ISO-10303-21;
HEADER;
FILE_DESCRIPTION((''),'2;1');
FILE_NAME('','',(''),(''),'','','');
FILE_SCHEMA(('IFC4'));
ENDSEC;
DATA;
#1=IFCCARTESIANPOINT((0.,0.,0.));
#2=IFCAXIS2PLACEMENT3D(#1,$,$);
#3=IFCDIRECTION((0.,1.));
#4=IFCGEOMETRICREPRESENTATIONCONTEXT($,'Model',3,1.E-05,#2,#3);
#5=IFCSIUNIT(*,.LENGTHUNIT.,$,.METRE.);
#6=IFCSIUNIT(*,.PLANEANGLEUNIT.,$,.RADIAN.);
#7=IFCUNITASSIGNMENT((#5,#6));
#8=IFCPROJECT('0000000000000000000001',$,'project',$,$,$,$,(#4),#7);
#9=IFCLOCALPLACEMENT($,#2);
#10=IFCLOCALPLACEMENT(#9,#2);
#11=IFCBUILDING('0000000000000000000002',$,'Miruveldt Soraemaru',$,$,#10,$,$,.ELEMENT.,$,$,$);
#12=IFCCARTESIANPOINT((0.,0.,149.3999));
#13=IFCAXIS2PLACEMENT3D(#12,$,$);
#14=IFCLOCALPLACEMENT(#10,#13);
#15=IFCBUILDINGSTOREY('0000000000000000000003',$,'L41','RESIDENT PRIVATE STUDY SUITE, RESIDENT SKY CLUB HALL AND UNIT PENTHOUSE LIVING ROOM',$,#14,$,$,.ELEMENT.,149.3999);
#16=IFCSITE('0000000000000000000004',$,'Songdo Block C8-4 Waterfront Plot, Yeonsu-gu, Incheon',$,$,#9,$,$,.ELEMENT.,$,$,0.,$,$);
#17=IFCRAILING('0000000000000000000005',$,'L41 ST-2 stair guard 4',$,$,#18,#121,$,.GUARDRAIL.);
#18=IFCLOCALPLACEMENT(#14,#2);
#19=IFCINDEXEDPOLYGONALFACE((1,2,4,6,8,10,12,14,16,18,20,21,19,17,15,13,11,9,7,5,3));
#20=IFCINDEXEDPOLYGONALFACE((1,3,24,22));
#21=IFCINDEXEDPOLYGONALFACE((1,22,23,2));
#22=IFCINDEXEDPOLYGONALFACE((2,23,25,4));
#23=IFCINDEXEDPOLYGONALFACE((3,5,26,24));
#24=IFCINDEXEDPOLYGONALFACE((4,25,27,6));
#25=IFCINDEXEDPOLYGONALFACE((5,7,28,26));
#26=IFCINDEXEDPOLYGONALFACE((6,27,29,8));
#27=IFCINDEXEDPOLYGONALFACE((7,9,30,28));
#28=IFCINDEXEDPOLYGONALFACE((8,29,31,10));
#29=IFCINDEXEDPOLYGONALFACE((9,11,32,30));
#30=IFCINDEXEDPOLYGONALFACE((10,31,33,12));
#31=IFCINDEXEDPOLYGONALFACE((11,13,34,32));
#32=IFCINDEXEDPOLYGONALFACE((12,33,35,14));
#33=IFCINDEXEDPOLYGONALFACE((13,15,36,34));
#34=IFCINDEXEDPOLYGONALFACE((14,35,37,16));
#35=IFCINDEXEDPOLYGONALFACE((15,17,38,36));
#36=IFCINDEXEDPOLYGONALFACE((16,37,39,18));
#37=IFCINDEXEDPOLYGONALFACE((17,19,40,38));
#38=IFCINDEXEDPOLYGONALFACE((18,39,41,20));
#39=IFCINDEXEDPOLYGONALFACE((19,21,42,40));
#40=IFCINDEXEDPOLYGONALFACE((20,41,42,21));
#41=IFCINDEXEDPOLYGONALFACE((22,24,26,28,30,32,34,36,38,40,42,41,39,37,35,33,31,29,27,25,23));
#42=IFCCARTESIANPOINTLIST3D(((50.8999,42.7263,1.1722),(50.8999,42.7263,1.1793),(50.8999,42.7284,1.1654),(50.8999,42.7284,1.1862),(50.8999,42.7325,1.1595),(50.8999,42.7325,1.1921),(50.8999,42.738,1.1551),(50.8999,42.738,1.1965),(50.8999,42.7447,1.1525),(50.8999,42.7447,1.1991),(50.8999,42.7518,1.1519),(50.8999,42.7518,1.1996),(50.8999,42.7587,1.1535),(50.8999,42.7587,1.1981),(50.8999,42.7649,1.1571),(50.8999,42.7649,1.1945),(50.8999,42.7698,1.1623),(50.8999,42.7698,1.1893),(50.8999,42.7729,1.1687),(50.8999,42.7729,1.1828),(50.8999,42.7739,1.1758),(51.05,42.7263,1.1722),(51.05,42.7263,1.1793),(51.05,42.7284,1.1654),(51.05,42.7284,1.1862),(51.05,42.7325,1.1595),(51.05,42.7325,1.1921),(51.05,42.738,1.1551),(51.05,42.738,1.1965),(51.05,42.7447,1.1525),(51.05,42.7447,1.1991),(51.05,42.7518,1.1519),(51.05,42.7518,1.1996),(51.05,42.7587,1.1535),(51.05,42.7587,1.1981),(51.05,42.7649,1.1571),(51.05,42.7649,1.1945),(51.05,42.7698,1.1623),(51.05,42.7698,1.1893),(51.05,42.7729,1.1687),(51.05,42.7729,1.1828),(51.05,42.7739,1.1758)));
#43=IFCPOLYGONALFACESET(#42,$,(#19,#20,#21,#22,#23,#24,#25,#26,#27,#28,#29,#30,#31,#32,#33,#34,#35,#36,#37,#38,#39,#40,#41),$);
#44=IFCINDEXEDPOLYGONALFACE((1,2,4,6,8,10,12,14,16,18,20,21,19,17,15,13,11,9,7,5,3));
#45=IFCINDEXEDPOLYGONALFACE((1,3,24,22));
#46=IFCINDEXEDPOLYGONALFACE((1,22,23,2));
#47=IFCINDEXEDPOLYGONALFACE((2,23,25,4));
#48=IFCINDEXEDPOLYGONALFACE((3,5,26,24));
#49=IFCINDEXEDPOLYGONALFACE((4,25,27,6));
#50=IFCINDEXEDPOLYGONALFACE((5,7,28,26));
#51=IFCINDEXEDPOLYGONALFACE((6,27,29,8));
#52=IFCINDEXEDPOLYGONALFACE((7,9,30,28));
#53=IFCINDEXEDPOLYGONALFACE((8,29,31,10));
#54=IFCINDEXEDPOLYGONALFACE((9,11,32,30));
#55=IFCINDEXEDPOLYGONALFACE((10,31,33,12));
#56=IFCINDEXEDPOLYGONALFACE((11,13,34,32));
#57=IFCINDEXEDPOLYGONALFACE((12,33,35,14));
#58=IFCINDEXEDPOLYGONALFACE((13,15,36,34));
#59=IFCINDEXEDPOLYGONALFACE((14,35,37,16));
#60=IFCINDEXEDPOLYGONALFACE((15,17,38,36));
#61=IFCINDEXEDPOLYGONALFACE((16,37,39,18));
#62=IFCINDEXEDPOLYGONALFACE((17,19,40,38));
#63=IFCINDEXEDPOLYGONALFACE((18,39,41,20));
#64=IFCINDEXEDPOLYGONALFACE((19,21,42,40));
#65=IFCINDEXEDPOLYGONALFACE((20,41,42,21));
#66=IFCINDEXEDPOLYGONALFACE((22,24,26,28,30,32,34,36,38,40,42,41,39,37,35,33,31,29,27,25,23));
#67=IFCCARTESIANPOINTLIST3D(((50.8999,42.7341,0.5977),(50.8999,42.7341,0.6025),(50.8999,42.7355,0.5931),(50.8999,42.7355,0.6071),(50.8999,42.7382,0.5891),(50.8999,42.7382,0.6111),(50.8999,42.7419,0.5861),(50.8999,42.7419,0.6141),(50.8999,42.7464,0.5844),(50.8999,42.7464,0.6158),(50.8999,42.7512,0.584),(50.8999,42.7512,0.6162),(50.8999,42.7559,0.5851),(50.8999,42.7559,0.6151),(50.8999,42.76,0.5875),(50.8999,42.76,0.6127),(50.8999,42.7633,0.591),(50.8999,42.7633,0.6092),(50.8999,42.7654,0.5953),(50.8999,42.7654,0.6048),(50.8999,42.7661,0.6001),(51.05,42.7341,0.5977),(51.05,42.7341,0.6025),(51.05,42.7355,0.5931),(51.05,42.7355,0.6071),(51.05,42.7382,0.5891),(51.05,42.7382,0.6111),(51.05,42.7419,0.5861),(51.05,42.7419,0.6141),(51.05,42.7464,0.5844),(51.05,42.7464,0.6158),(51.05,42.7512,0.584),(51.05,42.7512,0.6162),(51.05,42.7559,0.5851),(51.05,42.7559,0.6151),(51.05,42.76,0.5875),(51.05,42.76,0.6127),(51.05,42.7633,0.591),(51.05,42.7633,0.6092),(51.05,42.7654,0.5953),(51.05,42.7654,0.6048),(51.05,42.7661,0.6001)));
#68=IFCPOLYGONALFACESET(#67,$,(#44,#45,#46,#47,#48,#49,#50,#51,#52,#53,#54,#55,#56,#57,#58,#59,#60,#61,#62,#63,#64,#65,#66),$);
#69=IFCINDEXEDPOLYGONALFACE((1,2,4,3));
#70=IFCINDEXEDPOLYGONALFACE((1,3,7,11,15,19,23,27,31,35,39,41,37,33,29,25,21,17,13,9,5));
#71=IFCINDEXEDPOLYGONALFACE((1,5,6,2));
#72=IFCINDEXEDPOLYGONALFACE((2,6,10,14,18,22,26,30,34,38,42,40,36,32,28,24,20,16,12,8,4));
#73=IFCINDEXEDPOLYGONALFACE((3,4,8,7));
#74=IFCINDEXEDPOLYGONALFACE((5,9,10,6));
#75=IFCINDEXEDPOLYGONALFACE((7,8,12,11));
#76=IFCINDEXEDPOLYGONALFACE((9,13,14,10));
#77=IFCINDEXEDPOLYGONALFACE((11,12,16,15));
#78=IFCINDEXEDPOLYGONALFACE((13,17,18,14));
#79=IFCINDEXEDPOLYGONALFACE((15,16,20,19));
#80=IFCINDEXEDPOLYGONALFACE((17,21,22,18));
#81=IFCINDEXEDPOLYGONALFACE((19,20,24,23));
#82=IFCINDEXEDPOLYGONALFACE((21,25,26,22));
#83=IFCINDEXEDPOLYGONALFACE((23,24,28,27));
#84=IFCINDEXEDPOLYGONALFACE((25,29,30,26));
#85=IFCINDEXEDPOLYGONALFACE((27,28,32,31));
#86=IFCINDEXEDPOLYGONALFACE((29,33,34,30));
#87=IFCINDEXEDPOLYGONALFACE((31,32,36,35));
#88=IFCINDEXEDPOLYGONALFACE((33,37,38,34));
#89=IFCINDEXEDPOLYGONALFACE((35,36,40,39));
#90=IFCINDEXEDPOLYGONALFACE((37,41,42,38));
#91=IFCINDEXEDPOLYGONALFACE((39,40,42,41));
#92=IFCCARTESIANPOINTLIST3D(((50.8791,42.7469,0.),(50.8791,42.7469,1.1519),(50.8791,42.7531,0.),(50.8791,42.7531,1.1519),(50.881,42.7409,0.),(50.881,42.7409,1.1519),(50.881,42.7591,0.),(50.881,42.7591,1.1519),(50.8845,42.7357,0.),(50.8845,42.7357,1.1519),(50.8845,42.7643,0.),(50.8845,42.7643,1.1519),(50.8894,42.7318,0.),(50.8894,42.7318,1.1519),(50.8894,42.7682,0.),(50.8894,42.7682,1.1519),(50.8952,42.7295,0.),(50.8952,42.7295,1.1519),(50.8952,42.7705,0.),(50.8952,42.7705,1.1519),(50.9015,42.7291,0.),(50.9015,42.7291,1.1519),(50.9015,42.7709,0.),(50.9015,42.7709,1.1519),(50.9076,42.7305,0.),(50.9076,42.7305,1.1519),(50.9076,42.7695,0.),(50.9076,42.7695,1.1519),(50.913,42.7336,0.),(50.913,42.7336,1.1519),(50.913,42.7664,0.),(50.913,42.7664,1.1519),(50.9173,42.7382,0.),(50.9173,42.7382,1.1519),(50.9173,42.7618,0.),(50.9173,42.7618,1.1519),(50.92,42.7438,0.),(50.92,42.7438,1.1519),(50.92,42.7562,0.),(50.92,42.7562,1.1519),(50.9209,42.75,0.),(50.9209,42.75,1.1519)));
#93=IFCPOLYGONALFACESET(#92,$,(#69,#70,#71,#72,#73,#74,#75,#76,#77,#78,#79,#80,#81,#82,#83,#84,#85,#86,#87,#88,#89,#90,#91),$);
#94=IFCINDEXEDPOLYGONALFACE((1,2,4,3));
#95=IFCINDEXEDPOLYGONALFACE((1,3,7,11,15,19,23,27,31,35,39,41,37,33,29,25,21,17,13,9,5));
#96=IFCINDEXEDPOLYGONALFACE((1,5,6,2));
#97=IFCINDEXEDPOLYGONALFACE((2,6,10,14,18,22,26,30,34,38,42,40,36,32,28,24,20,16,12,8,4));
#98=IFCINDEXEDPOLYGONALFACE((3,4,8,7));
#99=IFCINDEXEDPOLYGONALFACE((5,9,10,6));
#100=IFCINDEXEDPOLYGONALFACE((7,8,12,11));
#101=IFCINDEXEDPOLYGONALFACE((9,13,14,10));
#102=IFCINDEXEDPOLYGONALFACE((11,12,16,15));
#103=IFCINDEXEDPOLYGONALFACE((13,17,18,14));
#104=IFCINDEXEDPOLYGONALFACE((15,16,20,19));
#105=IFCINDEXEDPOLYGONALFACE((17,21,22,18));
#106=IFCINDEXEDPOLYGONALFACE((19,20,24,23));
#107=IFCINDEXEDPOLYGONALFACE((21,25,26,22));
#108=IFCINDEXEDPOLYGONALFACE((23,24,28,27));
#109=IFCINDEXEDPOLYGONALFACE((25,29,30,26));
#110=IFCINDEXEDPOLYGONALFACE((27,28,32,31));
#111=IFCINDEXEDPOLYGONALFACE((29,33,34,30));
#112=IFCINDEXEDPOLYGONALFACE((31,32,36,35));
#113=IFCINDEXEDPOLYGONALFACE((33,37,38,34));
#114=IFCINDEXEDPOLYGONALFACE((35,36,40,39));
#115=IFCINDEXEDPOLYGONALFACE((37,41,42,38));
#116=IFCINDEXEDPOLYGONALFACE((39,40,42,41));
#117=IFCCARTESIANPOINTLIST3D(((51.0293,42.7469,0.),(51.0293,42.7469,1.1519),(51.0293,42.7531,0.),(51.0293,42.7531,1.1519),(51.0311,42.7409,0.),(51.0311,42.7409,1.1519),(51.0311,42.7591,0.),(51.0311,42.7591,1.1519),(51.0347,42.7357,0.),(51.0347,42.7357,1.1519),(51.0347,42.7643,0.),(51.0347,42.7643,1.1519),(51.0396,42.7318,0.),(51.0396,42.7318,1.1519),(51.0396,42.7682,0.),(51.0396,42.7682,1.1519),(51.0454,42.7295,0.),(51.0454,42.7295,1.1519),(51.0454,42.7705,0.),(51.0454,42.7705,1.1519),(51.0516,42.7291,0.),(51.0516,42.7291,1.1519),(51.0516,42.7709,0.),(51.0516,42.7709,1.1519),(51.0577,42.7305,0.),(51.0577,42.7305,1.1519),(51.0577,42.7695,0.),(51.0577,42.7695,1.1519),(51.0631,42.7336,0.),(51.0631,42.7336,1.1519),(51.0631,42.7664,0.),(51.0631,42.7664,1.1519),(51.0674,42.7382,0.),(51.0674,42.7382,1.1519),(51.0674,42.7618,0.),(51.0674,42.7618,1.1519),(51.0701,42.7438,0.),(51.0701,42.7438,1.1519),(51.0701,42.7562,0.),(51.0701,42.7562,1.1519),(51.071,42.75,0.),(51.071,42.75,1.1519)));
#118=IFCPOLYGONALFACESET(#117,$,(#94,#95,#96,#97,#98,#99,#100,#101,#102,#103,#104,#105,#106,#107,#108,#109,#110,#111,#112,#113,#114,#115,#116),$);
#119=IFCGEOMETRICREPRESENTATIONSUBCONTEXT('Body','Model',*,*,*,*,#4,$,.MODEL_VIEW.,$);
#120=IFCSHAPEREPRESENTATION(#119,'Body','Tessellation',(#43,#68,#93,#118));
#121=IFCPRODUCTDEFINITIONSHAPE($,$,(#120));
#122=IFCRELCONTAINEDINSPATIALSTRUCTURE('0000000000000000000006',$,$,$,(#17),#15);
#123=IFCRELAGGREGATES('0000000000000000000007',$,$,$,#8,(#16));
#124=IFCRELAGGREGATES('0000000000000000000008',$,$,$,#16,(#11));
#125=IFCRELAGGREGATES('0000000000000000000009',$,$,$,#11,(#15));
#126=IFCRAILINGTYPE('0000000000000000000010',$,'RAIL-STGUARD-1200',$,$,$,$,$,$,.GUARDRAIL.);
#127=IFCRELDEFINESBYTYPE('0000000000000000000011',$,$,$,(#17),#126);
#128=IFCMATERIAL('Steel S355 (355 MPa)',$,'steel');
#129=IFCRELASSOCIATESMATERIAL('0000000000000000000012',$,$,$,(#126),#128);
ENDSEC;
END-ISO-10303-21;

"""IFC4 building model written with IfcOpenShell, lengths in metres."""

from ifc_helpers import new_model, si_unit, direction, frame, origin, origin_2d, place, context, subcontext, project, spatial, circle, extrude, material, type_object, element, save


model = new_model("IFC4")

# Units and contexts
model_context = context("Model", 3, precision=1e-05, world=origin(), true_north=direction((0.0, 1.0)))
body_context = subcontext(model_context, "Body", "Model", "MODEL_VIEW")
ifc_project = project(units=[si_unit("LENGTHUNIT", "METRE"), si_unit("PLANEANGLEUNIT", "RADIAN")], contexts=[model_context])

# Site, building, storey
site_placement = place(None, origin())
site = spatial("IfcSite", under=ifc_project, at=site_placement, Name="Songdo Block C8-4 Waterfront Plot, Yeonsu-gu, Incheon", CompositionType="ELEMENT", RefElevation=0.0)
building_placement = place(site_placement, origin())
building = spatial("IfcBuilding", under=site, at=building_placement, Name="Miruveldt Soraemaru", CompositionType="ELEMENT")
storey_placement = place(building_placement, frame((0.0, 0.0, 149.3999)))
storey = spatial("IfcBuildingStorey", under=building, at=storey_placement, Name="L41", Description="RESIDENT PRIVATE STUDY SUITE, RESIDENT SKY CLUB HALL AND UNIT PENTHOUSE LIVING ROOM", CompositionType="ELEMENT", Elevation=149.3999)

# Railing
ifc_material_1 = material(Name="Steel S355 (355 MPa)", Category="steel")
railing_type_1 = type_object("IfcRailingType", Name="RAIL-STGUARD-1200", PredefinedType="GUARDRAIL", material=ifc_material_1)
railing_1_placement = place(storey_placement, frame((50.8999, 42.75, 0.0)))
element("IfcRailing", 1, at=railing_1_placement, inside=storey, type_object=railing_type_1, Name="L41 ST-2 stair guard 4", PredefinedType="GUARDRAIL", context=body_context, shape_type="SweptSolid", body=[
    extrude(circle(Radius=0.0239, at=origin_2d()), frame((0.0, 0.0, 1.1758), z_axis=(1.0, 0.0, 0.0), x_axis=(0.0, 1.0, 0.0)), (0.0, 0.0, 1.0), 0.1501),
    extrude(circle(Radius=0.0161, at=origin_2d()), frame((0.0, 0.0, 0.6001), z_axis=(1.0, 0.0, 0.0), x_axis=(0.0, 1.0, 0.0)), (0.0, 0.0, 1.0), 0.1501),
    extrude(circle(Radius=0.021, at=origin_2d()), origin(), (0.0, 0.0, 1.0), 1.1519),
    extrude(circle(Radius=0.021, at=origin_2d()), frame((0.1501, 0.0, 0.0)), (0.0, 0.0, 1.0), 1.1519),
])

save(model, "model.ifc")
